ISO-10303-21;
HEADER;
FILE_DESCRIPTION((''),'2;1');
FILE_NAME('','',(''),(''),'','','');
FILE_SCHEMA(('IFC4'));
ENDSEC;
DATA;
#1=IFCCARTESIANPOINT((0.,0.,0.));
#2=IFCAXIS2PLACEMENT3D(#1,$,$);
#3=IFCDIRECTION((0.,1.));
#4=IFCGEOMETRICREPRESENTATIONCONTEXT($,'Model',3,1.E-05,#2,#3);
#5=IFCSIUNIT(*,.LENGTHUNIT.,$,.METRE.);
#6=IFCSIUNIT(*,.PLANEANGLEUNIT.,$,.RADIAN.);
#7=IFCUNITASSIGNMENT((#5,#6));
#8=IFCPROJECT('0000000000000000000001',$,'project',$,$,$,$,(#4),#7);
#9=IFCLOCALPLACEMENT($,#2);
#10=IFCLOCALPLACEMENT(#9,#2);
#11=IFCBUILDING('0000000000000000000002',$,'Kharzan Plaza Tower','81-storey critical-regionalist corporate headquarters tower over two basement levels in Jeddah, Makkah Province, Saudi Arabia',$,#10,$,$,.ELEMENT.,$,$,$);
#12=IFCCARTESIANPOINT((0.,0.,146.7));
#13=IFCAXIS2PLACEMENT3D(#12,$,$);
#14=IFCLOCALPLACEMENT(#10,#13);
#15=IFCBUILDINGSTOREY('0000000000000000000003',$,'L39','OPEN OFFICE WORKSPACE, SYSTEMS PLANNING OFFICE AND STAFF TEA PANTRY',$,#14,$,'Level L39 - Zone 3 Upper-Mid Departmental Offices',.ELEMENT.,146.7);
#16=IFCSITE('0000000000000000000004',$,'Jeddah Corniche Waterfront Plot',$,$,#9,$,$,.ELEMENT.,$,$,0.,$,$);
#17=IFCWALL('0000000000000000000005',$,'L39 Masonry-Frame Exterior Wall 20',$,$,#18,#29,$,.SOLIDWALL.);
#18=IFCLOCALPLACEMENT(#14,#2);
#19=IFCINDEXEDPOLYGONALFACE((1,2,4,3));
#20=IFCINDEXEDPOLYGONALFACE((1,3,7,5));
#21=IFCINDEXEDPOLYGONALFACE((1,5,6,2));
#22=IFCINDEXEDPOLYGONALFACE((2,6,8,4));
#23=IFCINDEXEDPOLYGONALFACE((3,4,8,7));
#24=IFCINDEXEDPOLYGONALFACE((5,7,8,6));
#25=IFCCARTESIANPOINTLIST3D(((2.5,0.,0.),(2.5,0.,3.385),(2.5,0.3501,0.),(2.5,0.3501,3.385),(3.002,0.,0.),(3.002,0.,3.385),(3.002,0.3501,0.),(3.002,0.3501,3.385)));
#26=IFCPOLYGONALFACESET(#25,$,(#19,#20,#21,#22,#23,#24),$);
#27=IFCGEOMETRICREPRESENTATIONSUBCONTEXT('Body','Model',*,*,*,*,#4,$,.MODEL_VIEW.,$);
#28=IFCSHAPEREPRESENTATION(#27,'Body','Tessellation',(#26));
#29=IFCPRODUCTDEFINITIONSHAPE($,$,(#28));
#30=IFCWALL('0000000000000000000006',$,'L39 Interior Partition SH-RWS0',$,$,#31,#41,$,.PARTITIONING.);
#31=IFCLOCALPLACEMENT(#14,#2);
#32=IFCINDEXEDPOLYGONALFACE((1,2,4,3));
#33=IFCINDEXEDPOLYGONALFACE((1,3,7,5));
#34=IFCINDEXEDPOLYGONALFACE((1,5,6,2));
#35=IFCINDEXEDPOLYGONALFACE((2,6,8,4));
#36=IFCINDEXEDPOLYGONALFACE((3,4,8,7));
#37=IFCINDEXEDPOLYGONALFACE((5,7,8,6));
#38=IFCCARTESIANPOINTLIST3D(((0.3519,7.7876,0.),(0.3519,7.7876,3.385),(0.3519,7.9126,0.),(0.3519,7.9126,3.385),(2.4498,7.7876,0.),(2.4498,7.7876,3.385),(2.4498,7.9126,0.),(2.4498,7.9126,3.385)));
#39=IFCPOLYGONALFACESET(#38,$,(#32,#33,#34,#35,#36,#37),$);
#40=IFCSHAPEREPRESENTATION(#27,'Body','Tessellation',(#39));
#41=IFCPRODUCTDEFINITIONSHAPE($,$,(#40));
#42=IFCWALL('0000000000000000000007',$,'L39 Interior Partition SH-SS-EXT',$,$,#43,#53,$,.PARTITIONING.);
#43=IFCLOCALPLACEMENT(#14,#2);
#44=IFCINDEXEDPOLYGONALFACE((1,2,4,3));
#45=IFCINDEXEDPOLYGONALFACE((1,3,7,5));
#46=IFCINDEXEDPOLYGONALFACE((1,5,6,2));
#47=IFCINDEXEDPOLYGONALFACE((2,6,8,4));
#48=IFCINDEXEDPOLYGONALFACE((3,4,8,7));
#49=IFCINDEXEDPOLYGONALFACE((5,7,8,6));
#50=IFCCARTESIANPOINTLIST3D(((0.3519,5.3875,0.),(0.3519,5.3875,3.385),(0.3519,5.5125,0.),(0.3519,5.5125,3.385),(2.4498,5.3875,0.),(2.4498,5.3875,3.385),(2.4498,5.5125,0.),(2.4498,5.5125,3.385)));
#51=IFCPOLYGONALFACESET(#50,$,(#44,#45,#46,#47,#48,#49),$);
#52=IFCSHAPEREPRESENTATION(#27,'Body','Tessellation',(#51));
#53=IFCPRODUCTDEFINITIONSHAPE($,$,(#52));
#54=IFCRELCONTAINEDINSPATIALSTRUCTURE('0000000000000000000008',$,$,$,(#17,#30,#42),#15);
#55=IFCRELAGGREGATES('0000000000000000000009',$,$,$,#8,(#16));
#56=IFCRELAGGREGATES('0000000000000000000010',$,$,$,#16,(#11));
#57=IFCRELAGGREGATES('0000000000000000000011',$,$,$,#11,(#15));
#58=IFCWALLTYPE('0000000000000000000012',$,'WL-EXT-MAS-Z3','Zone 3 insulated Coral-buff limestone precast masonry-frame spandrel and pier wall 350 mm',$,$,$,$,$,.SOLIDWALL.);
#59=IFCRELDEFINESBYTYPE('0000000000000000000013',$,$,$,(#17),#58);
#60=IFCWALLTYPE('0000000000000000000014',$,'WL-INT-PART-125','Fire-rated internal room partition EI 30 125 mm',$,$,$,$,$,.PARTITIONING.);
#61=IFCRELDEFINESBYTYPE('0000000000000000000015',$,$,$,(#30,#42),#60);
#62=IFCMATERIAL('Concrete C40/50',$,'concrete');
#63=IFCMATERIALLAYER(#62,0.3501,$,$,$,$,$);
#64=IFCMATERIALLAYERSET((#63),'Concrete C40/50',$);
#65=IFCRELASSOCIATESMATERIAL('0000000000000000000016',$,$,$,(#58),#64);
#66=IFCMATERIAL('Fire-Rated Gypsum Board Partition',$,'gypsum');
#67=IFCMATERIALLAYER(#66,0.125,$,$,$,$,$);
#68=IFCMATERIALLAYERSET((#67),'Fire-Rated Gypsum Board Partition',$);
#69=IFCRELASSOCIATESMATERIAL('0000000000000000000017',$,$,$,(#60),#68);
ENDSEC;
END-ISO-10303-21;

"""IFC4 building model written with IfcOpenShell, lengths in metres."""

from ifc_helpers import new_model, si_unit, direction, frame, frame_2d, origin, place, context, subcontext, project, spatial, rectangle, extrude, source, transform, mapped, material, layer, layer_set, type_object, element, save


model = new_model("IFC4")

# Units and contexts
model_context = context("Model", 3, precision=1e-05, world=origin(), true_north=direction((0.0, 1.0)))
body_context = subcontext(model_context, "Body", "Model", "MODEL_VIEW")
ifc_project = project(units=[si_unit("LENGTHUNIT", "METRE"), si_unit("PLANEANGLEUNIT", "RADIAN")], contexts=[model_context])

# Site, building, storey
site_placement = place(None, origin())
site = spatial("IfcSite", under=ifc_project, at=site_placement, Name="Jeddah Corniche Waterfront Plot", CompositionType="ELEMENT", RefElevation=0.0)
building_placement = place(site_placement, origin())
building = spatial("IfcBuilding", under=site, at=building_placement, Name="Kharzan Plaza Tower", Description="81-storey critical-regionalist corporate headquarters tower over two basement levels in Jeddah, Makkah Province, Saudi Arabia", CompositionType="ELEMENT")
storey_placement = place(building_placement, frame((0.0, 0.0, 146.7)))
storey = spatial("IfcBuildingStorey", under=building, at=storey_placement, Name="L39", Description="OPEN OFFICE WORKSPACE, SYSTEMS PLANNING OFFICE AND STAFF TEA PANTRY", LongName="Level L39 - Zone 3 Upper-Mid Departmental Offices", CompositionType="ELEMENT", Elevation=146.7)

# Shared definitions
ifc_material_1 = material(Name="Concrete C40/50", Category="concrete")

# Shared definitions
ifc_layer_1 = layer(ifc_material_1, 0.3501)
ifc_layer_set_1 = layer_set([ifc_layer_1], Name="Concrete C40/50")
wall_type_1 = type_object("IfcWallType", Name="WL-EXT-MAS-Z3", Description="Zone 3 insulated Coral-buff limestone precast masonry-frame spandrel and pier wall 350 mm", PredefinedType="SOLIDWALL", material=ifc_layer_set_1)

# Shared definitions
ifc_material_2 = material(Name="Fire-Rated Gypsum Board Partition", Category="gypsum")
ifc_layer_2 = layer(ifc_material_2, 0.125)
ifc_layer_set_2 = layer_set([ifc_layer_2], Name="Fire-Rated Gypsum Board Partition")
wall_type_2 = type_object("IfcWallType", Name="WL-INT-PART-125", Description="Fire-rated internal room partition EI 30 125 mm", PredefinedType="PARTITIONING", material=ifc_layer_set_2)

# Walls
shared_shape_1 = source(origin(), body_context, "Body", "SweptSolid", [
    extrude(rectangle(XDim=0.502, YDim=0.3501, at=frame_2d((0.251, 0.0))), origin(), (0.0, 0.0, 1.0), 3.385),
])
wall_1_placement = place(storey_placement, frame((2.5, 0.175, 0.0), z_axis=(0.0, 0.0, 1.0), x_axis=(1.0, 0.0, 0.0)))
element("IfcWall", 1, at=wall_1_placement, inside=storey, type_object=wall_type_1, Name="L39 Masonry-Frame Exterior Wall 20", PredefinedType="SOLIDWALL", context=body_context, shape_type="MappedRepresentation", body=[
    mapped(shared_shape_1, transform((0.0, 0.0, 0.0), x_axis=(1.0, 0.0, 0.0), y_axis=(0.0, 1.0, 0.0), z_axis=(0.0, 0.0, 1.0))),
])
shared_shape_2 = source(origin(), body_context, "Body", "SweptSolid", [
    extrude(rectangle(XDim=2.0979, YDim=0.125, at=frame_2d((1.0488, 0.0))), origin(), (0.0, 0.0, 1.0), 3.385),
])
for number, where, z_axis, x_axis, name in (
    (2, (0.3521, 7.8501, 0.0), (0.0, 0.0, 1.0), (1.0, 0.0, 0.0), "L39 Interior Partition SH-RWS0"),
    (3, (0.3521, 5.45, 0.0), (0.0, 0.0, 1.0), (1.0, 0.0, 0.0), "L39 Interior Partition SH-SS-EXT"),
):
    element("IfcWall", number, at=place(storey_placement, frame(where, z_axis=z_axis, x_axis=x_axis)), inside=storey, type_object=wall_type_2, Name=name, PredefinedType="PARTITIONING", context=body_context, shape_type="MappedRepresentation", body=[
        mapped(shared_shape_2, transform((0.0, 0.0, 0.0), x_axis=(1.0, 0.0, 0.0), y_axis=(0.0, 1.0, 0.0), z_axis=(0.0, 0.0, 1.0))),
    ])

save(model, "model.ifc")
